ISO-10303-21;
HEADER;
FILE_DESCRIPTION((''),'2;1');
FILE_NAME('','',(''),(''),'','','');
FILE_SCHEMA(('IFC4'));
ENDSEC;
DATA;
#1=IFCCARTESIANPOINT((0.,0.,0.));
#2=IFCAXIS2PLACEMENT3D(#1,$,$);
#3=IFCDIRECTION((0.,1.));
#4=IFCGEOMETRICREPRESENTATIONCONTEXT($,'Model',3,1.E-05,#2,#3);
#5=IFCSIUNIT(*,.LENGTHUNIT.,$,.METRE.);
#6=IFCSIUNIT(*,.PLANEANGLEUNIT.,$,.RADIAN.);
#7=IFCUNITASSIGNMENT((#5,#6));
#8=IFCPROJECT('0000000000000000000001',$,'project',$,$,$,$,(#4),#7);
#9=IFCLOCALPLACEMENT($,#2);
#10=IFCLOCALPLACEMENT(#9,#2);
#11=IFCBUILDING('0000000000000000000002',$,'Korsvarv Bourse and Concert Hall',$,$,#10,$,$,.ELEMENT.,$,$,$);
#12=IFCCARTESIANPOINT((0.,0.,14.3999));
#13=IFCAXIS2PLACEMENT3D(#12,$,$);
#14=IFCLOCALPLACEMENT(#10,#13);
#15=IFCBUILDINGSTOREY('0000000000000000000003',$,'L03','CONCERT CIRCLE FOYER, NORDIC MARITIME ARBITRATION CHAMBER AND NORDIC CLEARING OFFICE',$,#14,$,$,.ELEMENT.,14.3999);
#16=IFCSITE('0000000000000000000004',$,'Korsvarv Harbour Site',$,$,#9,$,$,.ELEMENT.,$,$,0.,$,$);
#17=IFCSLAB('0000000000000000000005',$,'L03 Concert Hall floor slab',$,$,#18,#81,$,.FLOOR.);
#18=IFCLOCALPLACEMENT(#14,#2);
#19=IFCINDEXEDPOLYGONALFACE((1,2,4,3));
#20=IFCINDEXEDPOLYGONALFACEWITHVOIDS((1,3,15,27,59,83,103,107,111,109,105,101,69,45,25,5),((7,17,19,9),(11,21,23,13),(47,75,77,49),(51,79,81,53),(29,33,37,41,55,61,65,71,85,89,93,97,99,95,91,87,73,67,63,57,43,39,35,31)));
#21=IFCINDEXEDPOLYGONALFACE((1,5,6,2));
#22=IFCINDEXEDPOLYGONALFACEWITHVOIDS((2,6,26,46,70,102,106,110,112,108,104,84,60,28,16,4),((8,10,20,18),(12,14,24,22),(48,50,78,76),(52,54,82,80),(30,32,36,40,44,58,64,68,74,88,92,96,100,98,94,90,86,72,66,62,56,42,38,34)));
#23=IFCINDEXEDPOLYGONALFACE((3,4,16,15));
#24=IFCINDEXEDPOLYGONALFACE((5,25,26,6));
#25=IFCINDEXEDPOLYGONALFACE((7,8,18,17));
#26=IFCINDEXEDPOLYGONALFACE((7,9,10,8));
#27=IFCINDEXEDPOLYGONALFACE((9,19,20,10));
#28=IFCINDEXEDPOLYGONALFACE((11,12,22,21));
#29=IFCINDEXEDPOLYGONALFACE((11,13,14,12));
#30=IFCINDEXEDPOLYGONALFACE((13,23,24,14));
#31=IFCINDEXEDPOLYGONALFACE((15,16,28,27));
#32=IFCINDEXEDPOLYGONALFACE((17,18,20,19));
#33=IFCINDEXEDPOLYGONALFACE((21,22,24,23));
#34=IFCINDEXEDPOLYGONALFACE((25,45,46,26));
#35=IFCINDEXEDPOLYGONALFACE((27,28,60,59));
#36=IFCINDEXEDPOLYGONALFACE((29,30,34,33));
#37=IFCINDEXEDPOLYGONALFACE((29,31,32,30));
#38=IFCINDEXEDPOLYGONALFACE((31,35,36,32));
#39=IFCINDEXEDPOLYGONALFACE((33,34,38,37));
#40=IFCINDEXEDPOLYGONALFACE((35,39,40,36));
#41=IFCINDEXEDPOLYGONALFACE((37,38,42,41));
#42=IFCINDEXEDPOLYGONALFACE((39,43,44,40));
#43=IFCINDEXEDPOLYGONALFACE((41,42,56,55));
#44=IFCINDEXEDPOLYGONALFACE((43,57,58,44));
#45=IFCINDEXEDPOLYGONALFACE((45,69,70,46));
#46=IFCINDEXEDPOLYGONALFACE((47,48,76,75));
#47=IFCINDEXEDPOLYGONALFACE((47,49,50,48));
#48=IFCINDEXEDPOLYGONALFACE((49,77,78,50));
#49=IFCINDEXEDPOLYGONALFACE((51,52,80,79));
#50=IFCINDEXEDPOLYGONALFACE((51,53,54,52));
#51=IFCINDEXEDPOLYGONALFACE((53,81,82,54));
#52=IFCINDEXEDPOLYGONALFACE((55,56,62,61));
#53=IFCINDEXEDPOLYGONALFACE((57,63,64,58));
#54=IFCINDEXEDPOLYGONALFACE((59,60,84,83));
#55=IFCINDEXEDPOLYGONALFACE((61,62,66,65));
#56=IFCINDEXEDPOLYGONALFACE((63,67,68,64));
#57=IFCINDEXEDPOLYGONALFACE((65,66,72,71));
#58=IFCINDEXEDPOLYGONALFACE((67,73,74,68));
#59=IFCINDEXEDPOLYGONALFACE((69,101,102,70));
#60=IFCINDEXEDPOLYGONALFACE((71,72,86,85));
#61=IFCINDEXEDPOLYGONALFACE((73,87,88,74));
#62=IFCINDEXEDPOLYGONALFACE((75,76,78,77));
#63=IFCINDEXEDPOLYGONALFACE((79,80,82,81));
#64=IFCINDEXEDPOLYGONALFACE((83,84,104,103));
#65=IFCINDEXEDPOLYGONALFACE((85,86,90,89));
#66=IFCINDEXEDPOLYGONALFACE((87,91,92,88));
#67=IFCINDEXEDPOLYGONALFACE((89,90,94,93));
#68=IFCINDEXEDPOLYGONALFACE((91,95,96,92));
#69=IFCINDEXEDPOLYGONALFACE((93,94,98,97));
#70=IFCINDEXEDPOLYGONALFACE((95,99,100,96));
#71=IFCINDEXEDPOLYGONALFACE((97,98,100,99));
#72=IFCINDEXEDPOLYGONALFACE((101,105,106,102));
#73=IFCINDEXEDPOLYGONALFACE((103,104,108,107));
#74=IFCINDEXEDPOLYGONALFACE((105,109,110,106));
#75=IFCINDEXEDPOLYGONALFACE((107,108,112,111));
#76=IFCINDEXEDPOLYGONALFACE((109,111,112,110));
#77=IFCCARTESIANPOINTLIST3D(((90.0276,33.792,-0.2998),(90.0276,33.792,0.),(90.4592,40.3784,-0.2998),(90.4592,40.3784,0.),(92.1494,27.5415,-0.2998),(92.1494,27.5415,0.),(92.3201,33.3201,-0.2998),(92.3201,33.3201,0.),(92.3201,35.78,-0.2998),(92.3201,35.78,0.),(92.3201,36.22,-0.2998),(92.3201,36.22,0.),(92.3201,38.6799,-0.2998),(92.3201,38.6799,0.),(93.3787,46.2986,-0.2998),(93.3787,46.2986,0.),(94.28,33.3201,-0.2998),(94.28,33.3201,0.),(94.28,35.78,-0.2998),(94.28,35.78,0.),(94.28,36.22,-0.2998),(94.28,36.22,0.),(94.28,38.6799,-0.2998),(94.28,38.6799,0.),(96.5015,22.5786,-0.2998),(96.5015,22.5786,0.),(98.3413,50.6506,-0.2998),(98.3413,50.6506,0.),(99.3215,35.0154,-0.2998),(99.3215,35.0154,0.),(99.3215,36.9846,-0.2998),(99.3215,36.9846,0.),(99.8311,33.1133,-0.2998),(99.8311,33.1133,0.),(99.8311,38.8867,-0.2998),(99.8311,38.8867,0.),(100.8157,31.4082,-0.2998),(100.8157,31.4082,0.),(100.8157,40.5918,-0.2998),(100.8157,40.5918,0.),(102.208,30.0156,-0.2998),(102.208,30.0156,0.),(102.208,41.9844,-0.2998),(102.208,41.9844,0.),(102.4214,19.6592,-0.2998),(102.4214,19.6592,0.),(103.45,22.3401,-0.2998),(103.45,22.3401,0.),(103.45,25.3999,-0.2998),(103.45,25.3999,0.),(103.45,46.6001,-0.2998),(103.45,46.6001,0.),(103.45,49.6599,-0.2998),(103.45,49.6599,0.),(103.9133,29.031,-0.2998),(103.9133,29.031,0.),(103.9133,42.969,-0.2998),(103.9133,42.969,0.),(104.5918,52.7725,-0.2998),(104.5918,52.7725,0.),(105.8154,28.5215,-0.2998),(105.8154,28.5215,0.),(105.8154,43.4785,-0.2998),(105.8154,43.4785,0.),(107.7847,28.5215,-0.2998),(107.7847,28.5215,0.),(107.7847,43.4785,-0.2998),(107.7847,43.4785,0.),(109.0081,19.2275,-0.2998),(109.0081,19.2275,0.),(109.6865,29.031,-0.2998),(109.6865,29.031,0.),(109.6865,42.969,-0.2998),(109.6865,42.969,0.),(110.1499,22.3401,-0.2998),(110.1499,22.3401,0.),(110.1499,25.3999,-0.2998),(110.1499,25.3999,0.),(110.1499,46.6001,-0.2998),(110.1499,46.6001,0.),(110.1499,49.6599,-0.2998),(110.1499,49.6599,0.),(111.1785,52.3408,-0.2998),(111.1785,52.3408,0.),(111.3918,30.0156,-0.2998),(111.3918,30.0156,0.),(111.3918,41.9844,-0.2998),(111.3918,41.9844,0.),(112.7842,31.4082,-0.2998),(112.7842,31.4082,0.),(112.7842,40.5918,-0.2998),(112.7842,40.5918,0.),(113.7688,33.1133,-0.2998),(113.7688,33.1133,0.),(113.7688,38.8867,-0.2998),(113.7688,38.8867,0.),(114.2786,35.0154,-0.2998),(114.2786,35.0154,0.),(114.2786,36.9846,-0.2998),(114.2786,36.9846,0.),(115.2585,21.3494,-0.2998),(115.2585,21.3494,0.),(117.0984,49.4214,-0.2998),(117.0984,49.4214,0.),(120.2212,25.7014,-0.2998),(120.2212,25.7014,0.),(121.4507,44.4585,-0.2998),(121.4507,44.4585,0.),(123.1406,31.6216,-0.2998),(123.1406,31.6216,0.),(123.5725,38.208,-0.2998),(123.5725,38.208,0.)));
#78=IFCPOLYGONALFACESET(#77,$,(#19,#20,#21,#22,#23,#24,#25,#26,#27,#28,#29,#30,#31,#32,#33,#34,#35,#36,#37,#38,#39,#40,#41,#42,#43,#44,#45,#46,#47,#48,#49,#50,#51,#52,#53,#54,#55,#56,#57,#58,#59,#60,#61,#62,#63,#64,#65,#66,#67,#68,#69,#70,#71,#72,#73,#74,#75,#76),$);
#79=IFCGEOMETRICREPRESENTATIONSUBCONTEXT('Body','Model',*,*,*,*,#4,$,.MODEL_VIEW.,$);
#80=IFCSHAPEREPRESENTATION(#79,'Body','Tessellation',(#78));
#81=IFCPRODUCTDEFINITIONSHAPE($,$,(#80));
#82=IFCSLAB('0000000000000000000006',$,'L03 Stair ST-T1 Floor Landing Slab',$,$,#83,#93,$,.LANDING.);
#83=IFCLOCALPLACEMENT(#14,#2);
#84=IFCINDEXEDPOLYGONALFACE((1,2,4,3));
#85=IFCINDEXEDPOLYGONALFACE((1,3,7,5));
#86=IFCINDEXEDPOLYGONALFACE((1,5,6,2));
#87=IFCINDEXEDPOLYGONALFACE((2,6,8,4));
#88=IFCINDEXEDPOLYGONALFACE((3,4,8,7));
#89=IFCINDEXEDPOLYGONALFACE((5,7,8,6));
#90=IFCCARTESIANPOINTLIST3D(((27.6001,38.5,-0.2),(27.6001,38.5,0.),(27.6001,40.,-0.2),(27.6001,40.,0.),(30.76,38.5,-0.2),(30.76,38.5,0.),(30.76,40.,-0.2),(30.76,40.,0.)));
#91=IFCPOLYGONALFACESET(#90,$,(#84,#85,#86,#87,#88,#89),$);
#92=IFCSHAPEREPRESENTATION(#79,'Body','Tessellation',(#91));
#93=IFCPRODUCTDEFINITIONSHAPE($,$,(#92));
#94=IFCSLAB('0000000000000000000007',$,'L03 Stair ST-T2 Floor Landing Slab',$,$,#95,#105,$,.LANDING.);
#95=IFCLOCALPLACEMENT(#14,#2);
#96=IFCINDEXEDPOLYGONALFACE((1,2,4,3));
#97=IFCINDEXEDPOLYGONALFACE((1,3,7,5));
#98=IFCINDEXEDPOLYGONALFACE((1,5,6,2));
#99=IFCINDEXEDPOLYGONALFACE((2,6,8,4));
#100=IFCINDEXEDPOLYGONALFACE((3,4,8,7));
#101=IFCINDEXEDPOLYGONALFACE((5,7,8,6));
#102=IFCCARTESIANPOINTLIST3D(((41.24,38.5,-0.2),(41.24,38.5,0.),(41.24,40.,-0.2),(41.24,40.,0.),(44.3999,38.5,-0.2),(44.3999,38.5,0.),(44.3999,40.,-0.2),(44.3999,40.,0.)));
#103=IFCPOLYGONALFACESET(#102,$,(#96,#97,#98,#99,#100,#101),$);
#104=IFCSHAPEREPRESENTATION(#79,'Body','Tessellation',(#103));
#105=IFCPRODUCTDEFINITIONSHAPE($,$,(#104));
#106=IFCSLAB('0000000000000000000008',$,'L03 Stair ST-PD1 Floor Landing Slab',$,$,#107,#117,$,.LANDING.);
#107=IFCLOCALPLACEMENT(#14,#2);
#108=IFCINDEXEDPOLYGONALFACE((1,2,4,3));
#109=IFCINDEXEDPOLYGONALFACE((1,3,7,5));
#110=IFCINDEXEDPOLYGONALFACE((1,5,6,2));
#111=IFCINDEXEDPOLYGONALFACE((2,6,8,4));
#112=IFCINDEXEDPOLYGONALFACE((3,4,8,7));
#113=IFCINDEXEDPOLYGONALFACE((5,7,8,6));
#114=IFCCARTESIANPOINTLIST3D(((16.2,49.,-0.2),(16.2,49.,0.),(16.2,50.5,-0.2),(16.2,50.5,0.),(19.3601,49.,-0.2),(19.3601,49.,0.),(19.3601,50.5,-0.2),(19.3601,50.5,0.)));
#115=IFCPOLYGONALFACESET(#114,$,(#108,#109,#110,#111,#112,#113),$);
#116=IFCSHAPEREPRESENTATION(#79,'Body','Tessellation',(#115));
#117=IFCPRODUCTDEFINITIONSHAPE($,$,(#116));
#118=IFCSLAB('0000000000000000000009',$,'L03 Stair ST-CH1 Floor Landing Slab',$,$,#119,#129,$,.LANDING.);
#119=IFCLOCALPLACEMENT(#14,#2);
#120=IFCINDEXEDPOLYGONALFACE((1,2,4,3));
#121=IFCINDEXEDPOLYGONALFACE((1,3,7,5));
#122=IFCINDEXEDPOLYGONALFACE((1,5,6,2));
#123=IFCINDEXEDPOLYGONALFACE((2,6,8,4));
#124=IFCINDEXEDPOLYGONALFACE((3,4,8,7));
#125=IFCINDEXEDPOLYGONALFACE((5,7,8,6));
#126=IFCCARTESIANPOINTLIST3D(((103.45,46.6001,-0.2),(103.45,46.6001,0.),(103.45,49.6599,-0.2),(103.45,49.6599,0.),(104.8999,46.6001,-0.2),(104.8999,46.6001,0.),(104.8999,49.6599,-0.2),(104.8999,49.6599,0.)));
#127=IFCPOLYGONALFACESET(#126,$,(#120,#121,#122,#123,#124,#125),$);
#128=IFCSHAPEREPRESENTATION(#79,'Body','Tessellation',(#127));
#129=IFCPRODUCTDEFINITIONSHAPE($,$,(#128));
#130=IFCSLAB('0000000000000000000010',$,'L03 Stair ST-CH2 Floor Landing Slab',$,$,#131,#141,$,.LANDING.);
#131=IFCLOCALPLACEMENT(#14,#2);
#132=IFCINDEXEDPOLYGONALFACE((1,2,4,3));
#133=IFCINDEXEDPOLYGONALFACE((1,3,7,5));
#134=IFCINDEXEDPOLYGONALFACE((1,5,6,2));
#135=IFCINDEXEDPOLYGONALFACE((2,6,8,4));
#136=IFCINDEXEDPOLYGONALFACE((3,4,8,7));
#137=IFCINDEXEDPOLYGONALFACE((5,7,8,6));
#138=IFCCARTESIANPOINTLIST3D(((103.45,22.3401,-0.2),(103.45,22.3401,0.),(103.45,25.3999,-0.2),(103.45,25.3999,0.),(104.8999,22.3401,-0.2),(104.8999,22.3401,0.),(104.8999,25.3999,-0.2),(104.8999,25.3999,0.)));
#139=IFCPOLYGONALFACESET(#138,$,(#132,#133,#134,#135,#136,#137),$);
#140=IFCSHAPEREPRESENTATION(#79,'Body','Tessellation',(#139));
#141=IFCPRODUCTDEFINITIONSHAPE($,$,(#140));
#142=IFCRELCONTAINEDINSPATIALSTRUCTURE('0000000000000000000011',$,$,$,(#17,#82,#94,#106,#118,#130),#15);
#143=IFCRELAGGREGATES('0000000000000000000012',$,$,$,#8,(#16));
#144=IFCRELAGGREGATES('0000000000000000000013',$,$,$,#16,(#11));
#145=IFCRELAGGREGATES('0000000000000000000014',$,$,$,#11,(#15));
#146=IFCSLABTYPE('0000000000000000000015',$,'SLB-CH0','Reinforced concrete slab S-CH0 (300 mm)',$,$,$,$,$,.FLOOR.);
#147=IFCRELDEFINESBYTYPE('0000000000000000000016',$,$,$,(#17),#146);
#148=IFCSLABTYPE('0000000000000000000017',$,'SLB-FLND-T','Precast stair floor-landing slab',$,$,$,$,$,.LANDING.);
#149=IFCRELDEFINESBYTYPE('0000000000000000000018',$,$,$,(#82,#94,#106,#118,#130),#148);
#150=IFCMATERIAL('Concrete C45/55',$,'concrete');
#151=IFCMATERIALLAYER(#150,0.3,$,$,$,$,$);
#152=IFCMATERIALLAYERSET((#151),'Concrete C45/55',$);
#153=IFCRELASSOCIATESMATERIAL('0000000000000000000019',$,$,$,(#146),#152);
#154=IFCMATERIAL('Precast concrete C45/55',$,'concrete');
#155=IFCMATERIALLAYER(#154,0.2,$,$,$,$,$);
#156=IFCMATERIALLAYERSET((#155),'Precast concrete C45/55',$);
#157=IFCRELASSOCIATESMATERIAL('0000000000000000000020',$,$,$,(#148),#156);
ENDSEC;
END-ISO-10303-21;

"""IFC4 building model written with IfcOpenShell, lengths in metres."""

from ifc_helpers import new_model, si_unit, direction, frame, origin, place, context, subcontext, project, spatial, polyline, outline, extrude, material, layer, layer_set, type_object, element, save


model = new_model("IFC4")

# Units and contexts
model_context = context("Model", 3, precision=1e-05, world=origin(), true_north=direction((0.0, 1.0)))
body_context = subcontext(model_context, "Body", "Model", "MODEL_VIEW")
ifc_project = project(units=[si_unit("LENGTHUNIT", "METRE"), si_unit("PLANEANGLEUNIT", "RADIAN")], contexts=[model_context])

# Site, building, storey
site_placement = place(None, origin())
site = spatial("IfcSite", under=ifc_project, at=site_placement, Name="Korsvarv Harbour Site", CompositionType="ELEMENT", RefElevation=0.0)
building_placement = place(site_placement, origin())
building = spatial("IfcBuilding", under=site, at=building_placement, Name="Korsvarv Bourse and Concert Hall", CompositionType="ELEMENT")
storey_placement = place(building_placement, frame((0.0, 0.0, 14.3999)))
storey = spatial("IfcBuildingStorey", under=building, at=storey_placement, Name="L03", Description="CONCERT CIRCLE FOYER, NORDIC MARITIME ARBITRATION CHAMBER AND NORDIC CLEARING OFFICE", CompositionType="ELEMENT", Elevation=14.3999)

# Slabs
ifc_material_1 = material(Name="Concrete C45/55", Category="concrete")
ifc_layer_1 = layer(ifc_material_1, 0.3)
ifc_layer_set_1 = layer_set([ifc_layer_1], Name="Concrete C45/55")
slab_type_1 = type_object("IfcSlabType", Name="SLB-CH0", Description="Reinforced concrete slab S-CH0 (300 mm)", PredefinedType="FLOOR", material=ifc_layer_set_1)
slab_1_placement = place(storey_placement, frame((0.0, 0.0, -0.2998)))
element("IfcSlab", 1, at=slab_1_placement, inside=storey, type_object=slab_type_1, Name="L03 Concert Hall floor slab", PredefinedType="FLOOR", context=body_context, shape_type="SweptSolid", body=[
    extrude(outline(polyline([(123.5725, 38.208), (121.4507, 44.4585), (117.0984, 49.4214), (111.1785, 52.3408), (104.5918, 52.7725), (98.3413, 50.6506), (93.3787, 46.2986), (90.4592, 40.3784), (90.0276, 33.792), (92.1494, 27.5415), (96.5015, 22.5786), (102.4214, 19.6592), (109.0081, 19.2275), (115.2585, 21.3494), (120.2212, 25.7014), (123.1406, 31.6216), (123.5725, 38.208)]), holes=[polyline([(103.45, 46.6001), (110.1499, 46.6001), (110.1499, 49.6599), (103.45, 49.6599), (103.45, 46.6001)]), polyline([(103.45, 22.3401), (110.1499, 22.3401), (110.1499, 25.3999), (103.45, 25.3999), (103.45, 22.3401)]), polyline([(92.3201, 36.22), (94.28, 36.22), (94.28, 38.6799), (92.3201, 38.6799), (92.3201, 36.22)]), polyline([(92.3201, 33.3201), (94.28, 33.3201), (94.28, 35.78), (92.3201, 35.78), (92.3201, 33.3201)]), polyline([(114.2786, 36.9846), (113.7688, 38.8867), (112.7842, 40.5918), (111.3918, 41.9844), (109.6865, 42.969), (107.7847, 43.4785), (105.8154, 43.4785), (103.9133, 42.969), (102.208, 41.9844), (100.8157, 40.5918), (99.8311, 38.8867), (99.3215, 36.9846), (99.3215, 35.0154), (99.8311, 33.1133), (100.8157, 31.4082), (102.208, 30.0156), (103.9133, 29.031), (105.8154, 28.5215), (107.7847, 28.5215), (109.6865, 29.031), (111.3918, 30.0156), (112.7842, 31.4082), (113.7688, 33.1133), (114.2786, 35.0154), (114.2786, 36.9846)])]), origin(), (0.0, 0.0, 1.0), 0.2998),
])
ifc_material_2 = material(Name="Precast concrete C45/55", Category="concrete")
ifc_layer_2 = layer(ifc_material_2, 0.2)
ifc_layer_set_2 = layer_set([ifc_layer_2], Name="Precast concrete C45/55")
slab_type_2 = type_object("IfcSlabType", Name="SLB-FLND-T", Description="Precast stair floor-landing slab", PredefinedType="LANDING", material=ifc_layer_set_2)
slab_2_placement = place(storey_placement, frame((0.0, 0.0, -0.2)))
element("IfcSlab", 2, at=slab_2_placement, inside=storey, type_object=slab_type_2, Name="L03 Stair ST-T1 Floor Landing Slab", PredefinedType="LANDING", context=body_context, shape_type="SweptSolid", body=[
    extrude(outline(polyline([(30.76, 38.5), (30.76, 40.0), (27.6001, 40.0), (27.6001, 38.5), (30.76, 38.5)])), origin(), (0.0, 0.0, 1.0), 0.2),
])
slab_3_placement = place(storey_placement, frame((0.0, 0.0, -0.2)))
element("IfcSlab", 3, at=slab_3_placement, inside=storey, type_object=slab_type_2, Name="L03 Stair ST-T2 Floor Landing Slab", PredefinedType="LANDING", context=body_context, shape_type="SweptSolid", body=[
    extrude(outline(polyline([(44.3999, 38.5), (44.3999, 40.0), (41.24, 40.0), (41.24, 38.5), (44.3999, 38.5)])), origin(), (0.0, 0.0, 1.0), 0.2),
])
slab_4_placement = place(storey_placement, frame((0.0, 0.0, -0.2)))
element("IfcSlab", 4, at=slab_4_placement, inside=storey, type_object=slab_type_2, Name="L03 Stair ST-PD1 Floor Landing Slab", PredefinedType="LANDING", context=body_context, shape_type="SweptSolid", body=[
    extrude(outline(polyline([(19.3601, 49.0), (19.3601, 50.5), (16.2, 50.5), (16.2, 49.0), (19.3601, 49.0)])), origin(), (0.0, 0.0, 1.0), 0.2),
])
slab_5_placement = place(storey_placement, frame((0.0, 0.0, -0.2)))
element("IfcSlab", 5, at=slab_5_placement, inside=storey, type_object=slab_type_2, Name="L03 Stair ST-CH1 Floor Landing Slab", PredefinedType="LANDING", context=body_context, shape_type="SweptSolid", body=[
    extrude(outline(polyline([(103.45, 46.6001), (104.8999, 46.6001), (104.8999, 49.6599), (103.45, 49.6599), (103.45, 46.6001)])), origin(), (0.0, 0.0, 1.0), 0.2),
])
slab_6_placement = place(storey_placement, frame((0.0, 0.0, -0.2)))
element("IfcSlab", 6, at=slab_6_placement, inside=storey, type_object=slab_type_2, Name="L03 Stair ST-CH2 Floor Landing Slab", PredefinedType="LANDING", context=body_context, shape_type="SweptSolid", body=[
    extrude(outline(polyline([(103.45, 22.3401), (104.8999, 22.3401), (104.8999, 25.3999), (103.45, 25.3999), (103.45, 22.3401)])), origin(), (0.0, 0.0, 1.0), 0.2),
])

save(model, "model.ifc")
